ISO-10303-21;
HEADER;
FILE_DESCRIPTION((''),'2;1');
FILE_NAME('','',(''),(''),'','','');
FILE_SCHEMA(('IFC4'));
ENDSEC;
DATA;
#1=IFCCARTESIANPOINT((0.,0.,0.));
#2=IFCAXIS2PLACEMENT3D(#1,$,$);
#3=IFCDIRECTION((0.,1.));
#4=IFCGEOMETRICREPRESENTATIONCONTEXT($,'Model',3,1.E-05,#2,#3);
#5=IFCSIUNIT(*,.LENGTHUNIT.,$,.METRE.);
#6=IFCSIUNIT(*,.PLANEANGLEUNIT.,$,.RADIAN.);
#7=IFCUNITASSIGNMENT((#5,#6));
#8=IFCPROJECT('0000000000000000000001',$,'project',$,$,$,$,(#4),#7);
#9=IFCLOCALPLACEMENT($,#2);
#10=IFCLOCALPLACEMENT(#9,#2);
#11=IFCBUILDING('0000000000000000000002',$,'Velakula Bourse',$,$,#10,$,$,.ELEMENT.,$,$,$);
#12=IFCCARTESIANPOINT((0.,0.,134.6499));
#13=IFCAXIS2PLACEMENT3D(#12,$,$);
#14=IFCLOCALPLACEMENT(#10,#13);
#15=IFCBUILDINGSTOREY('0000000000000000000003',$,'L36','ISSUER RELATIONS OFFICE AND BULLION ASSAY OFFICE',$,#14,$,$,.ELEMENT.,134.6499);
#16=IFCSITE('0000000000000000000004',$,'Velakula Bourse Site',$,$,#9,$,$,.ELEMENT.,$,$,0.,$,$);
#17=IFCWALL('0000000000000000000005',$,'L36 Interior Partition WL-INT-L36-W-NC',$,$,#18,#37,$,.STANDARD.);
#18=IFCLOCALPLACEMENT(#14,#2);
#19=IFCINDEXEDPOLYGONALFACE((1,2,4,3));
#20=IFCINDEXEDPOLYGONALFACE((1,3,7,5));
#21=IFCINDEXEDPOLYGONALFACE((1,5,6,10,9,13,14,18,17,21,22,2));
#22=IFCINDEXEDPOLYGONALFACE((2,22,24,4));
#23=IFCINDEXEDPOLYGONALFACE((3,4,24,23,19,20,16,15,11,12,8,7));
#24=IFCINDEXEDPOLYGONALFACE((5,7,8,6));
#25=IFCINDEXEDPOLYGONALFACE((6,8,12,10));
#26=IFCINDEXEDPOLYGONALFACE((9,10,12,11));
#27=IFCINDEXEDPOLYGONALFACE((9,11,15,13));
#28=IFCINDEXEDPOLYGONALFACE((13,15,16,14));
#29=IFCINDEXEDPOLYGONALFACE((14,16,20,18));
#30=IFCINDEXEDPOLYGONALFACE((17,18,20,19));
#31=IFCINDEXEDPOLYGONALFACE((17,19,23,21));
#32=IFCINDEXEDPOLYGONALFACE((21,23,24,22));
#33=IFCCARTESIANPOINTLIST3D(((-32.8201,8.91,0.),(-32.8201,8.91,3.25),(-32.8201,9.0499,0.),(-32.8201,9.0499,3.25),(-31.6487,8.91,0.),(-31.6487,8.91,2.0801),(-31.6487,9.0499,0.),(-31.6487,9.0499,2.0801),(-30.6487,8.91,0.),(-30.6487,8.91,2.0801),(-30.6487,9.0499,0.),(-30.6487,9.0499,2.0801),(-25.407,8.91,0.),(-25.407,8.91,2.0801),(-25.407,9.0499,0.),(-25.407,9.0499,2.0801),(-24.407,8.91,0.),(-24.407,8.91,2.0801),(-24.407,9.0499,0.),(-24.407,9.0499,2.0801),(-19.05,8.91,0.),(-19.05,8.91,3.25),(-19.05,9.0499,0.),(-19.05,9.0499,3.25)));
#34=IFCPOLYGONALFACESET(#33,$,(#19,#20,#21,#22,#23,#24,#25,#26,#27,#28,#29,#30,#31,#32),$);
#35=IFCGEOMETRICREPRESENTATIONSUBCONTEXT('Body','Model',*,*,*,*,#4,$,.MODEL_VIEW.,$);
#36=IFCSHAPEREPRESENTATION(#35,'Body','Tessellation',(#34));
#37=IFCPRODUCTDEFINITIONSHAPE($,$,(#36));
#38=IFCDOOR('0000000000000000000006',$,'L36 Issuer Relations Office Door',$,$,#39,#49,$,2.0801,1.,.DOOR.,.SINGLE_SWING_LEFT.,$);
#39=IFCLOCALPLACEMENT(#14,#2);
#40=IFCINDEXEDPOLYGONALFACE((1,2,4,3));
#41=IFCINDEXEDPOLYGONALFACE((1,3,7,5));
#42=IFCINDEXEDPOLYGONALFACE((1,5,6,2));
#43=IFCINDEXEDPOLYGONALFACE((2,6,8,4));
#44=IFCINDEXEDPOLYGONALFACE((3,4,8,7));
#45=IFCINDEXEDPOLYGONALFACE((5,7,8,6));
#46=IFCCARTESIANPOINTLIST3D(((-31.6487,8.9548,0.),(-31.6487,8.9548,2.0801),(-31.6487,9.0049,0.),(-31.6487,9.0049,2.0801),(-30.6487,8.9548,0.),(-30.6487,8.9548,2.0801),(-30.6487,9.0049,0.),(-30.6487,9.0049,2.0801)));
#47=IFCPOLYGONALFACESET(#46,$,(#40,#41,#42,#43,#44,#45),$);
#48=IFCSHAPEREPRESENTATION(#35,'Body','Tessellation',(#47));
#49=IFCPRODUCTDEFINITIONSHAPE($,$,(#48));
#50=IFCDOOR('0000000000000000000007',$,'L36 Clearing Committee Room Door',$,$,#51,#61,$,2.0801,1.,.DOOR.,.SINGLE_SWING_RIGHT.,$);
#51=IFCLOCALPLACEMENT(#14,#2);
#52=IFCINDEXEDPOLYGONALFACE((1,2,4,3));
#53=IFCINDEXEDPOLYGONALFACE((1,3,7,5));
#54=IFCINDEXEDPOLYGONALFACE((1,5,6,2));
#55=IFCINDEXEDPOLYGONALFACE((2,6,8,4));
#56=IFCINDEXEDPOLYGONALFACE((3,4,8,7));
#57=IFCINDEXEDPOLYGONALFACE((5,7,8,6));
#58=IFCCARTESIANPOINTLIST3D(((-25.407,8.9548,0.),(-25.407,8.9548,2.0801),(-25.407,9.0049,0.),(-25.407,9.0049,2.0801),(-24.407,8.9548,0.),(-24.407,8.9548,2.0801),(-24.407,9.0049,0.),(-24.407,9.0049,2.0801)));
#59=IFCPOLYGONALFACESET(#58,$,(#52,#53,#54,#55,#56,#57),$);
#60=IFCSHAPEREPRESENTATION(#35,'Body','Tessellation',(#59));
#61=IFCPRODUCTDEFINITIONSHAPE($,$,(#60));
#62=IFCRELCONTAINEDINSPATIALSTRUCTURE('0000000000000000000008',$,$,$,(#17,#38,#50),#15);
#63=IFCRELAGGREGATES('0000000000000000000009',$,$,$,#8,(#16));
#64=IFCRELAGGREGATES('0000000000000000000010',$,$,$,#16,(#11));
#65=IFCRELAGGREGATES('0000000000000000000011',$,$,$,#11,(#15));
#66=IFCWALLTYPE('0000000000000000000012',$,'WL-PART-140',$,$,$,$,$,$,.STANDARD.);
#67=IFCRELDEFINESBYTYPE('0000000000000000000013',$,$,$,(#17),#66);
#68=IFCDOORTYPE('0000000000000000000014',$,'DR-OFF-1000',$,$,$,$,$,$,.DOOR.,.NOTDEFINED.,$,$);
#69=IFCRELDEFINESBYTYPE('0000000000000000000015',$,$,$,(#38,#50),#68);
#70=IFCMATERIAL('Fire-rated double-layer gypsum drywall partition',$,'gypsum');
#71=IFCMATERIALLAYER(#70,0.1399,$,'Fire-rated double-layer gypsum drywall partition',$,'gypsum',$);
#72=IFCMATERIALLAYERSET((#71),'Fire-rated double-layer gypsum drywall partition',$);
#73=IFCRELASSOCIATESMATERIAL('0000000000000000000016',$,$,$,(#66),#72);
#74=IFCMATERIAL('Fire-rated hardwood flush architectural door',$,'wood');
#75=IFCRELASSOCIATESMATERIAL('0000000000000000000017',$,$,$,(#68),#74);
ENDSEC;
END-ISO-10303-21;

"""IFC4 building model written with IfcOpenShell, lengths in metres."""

from ifc_helpers import new_model, si_unit, direction, frame, frame_2d, origin, place, context, subcontext, project, spatial, rectangle, extrude, material, layer, layer_set, type_object, element, fill, save


model = new_model("IFC4")

# Units and contexts
model_context = context("Model", 3, precision=1e-05, world=origin(), true_north=direction((0.0, 1.0)))
body_context = subcontext(model_context, "Body", "Model", "MODEL_VIEW")
ifc_project = project(units=[si_unit("LENGTHUNIT", "METRE"), si_unit("PLANEANGLEUNIT", "RADIAN")], contexts=[model_context])

# Site, building, storey
site_placement = place(None, origin())
site = spatial("IfcSite", under=ifc_project, at=site_placement, Name="Velakula Bourse Site", CompositionType="ELEMENT", RefElevation=0.0)
building_placement = place(site_placement, origin())
building = spatial("IfcBuilding", under=site, at=building_placement, Name="Velakula Bourse", CompositionType="ELEMENT")
storey_placement = place(building_placement, frame((0.0, 0.0, 134.6499)))
storey = spatial("IfcBuildingStorey", under=building, at=storey_placement, Name="L36", Description="ISSUER RELATIONS OFFICE AND BULLION ASSAY OFFICE", CompositionType="ELEMENT", Elevation=134.6499)

# Wall, openings, doors
ifc_material_1 = material(Name="Fire-rated double-layer gypsum drywall partition", Category="gypsum")
ifc_layer_1 = layer(ifc_material_1, 0.1399, Name="Fire-rated double-layer gypsum drywall partition", Category="gypsum")
ifc_layer_set_1 = layer_set([ifc_layer_1], Name="Fire-rated double-layer gypsum drywall partition")
wall_type_1 = type_object("IfcWallType", Name="WL-PART-140", PredefinedType="STANDARD", material=ifc_layer_set_1)
ifc_material_2 = material(Name="Fire-rated hardwood flush architectural door", Category="wood")
door_type = type_object("IfcDoorType", Name="DR-OFF-1000", OperationType="NOTDEFINED", PredefinedType="DOOR", material=ifc_material_2)
wall_1_placement = place(storey_placement, frame((-32.8201, 8.98, 0.0), z_axis=(0.0, 0.0, 1.0), x_axis=(1.0, 0.0, 0.0)))
wall_1 = element("IfcWall", 1, at=wall_1_placement, inside=storey, type_object=wall_type_1, Name="L36 Interior Partition WL-INT-L36-W-NC", PredefinedType="STANDARD", context=body_context, shape_type="SweptSolid", body=[
    extrude(rectangle(XDim=13.77, YDim=0.1399, at=frame_2d((6.885, 0.0))), origin(), (0.0, 0.0, 1.0), 3.25),
])
opening_1_placement = place(wall_1_placement, frame((1.1714, 0.0, 0.0)))
opening_1 = element("IfcOpeningElement", 2, at=opening_1_placement, cuts=wall_1, PredefinedType="OPENING", context=body_context, shape_type="SweptSolid", body=[
    extrude(rectangle(XDim=1.0, YDim=2.0801, at=frame_2d((0.5, 1.04))), frame((0.0, 0.0798, 0.0), z_axis=(0.0, -1.0, 0.0), x_axis=(1.0, 0.0, 0.0)), (0.0, 0.0, 1.0), 0.1599),
])
opening_2_placement = place(wall_1_placement, frame((7.4131, 0.0, 0.0)))
opening_2 = element("IfcOpeningElement", 3, at=opening_2_placement, cuts=wall_1, PredefinedType="OPENING", context=body_context, shape_type="SweptSolid", body=[
    extrude(rectangle(XDim=1.0, YDim=2.0801, at=frame_2d((0.5, 1.04))), frame((0.0, 0.0798, 0.0), z_axis=(0.0, -1.0, 0.0), x_axis=(1.0, 0.0, 0.0)), (0.0, 0.0, 1.0), 0.1599),
])
door_1_placement = place(opening_1_placement, origin())
door_1 = element("IfcDoor", 4, at=door_1_placement, inside=storey, type_object=door_type, Name="L36 Issuer Relations Office Door", OperationType="SINGLE_SWING_LEFT", OverallHeight=2.0801, OverallWidth=1.0, PredefinedType="DOOR", context=body_context, shape_type="SweptSolid", body=[
    extrude(rectangle(XDim=1.0, YDim=2.0801, at=frame_2d((0.5, 1.04))), frame((0.0, 0.0249, 0.0), z_axis=(0.0, -1.0, 0.0), x_axis=(1.0, 0.0, 0.0)), (0.0, 0.0, 1.0), 0.05),
])
fill(opening_1, door_1)
door_2_placement = place(opening_2_placement, origin())
door_2 = element("IfcDoor", 5, at=door_2_placement, inside=storey, type_object=door_type, Name="L36 Clearing Committee Room Door", OperationType="SINGLE_SWING_RIGHT", OverallHeight=2.0801, OverallWidth=1.0, PredefinedType="DOOR", context=body_context, shape_type="SweptSolid", body=[
    extrude(rectangle(XDim=1.0, YDim=2.0801, at=frame_2d((0.5, 1.04))), frame((0.0, 0.0249, 0.0), z_axis=(0.0, -1.0, 0.0), x_axis=(1.0, 0.0, 0.0)), (0.0, 0.0, 1.0), 0.05),
])
fill(opening_2, door_2)

save(model, "model.ifc")
